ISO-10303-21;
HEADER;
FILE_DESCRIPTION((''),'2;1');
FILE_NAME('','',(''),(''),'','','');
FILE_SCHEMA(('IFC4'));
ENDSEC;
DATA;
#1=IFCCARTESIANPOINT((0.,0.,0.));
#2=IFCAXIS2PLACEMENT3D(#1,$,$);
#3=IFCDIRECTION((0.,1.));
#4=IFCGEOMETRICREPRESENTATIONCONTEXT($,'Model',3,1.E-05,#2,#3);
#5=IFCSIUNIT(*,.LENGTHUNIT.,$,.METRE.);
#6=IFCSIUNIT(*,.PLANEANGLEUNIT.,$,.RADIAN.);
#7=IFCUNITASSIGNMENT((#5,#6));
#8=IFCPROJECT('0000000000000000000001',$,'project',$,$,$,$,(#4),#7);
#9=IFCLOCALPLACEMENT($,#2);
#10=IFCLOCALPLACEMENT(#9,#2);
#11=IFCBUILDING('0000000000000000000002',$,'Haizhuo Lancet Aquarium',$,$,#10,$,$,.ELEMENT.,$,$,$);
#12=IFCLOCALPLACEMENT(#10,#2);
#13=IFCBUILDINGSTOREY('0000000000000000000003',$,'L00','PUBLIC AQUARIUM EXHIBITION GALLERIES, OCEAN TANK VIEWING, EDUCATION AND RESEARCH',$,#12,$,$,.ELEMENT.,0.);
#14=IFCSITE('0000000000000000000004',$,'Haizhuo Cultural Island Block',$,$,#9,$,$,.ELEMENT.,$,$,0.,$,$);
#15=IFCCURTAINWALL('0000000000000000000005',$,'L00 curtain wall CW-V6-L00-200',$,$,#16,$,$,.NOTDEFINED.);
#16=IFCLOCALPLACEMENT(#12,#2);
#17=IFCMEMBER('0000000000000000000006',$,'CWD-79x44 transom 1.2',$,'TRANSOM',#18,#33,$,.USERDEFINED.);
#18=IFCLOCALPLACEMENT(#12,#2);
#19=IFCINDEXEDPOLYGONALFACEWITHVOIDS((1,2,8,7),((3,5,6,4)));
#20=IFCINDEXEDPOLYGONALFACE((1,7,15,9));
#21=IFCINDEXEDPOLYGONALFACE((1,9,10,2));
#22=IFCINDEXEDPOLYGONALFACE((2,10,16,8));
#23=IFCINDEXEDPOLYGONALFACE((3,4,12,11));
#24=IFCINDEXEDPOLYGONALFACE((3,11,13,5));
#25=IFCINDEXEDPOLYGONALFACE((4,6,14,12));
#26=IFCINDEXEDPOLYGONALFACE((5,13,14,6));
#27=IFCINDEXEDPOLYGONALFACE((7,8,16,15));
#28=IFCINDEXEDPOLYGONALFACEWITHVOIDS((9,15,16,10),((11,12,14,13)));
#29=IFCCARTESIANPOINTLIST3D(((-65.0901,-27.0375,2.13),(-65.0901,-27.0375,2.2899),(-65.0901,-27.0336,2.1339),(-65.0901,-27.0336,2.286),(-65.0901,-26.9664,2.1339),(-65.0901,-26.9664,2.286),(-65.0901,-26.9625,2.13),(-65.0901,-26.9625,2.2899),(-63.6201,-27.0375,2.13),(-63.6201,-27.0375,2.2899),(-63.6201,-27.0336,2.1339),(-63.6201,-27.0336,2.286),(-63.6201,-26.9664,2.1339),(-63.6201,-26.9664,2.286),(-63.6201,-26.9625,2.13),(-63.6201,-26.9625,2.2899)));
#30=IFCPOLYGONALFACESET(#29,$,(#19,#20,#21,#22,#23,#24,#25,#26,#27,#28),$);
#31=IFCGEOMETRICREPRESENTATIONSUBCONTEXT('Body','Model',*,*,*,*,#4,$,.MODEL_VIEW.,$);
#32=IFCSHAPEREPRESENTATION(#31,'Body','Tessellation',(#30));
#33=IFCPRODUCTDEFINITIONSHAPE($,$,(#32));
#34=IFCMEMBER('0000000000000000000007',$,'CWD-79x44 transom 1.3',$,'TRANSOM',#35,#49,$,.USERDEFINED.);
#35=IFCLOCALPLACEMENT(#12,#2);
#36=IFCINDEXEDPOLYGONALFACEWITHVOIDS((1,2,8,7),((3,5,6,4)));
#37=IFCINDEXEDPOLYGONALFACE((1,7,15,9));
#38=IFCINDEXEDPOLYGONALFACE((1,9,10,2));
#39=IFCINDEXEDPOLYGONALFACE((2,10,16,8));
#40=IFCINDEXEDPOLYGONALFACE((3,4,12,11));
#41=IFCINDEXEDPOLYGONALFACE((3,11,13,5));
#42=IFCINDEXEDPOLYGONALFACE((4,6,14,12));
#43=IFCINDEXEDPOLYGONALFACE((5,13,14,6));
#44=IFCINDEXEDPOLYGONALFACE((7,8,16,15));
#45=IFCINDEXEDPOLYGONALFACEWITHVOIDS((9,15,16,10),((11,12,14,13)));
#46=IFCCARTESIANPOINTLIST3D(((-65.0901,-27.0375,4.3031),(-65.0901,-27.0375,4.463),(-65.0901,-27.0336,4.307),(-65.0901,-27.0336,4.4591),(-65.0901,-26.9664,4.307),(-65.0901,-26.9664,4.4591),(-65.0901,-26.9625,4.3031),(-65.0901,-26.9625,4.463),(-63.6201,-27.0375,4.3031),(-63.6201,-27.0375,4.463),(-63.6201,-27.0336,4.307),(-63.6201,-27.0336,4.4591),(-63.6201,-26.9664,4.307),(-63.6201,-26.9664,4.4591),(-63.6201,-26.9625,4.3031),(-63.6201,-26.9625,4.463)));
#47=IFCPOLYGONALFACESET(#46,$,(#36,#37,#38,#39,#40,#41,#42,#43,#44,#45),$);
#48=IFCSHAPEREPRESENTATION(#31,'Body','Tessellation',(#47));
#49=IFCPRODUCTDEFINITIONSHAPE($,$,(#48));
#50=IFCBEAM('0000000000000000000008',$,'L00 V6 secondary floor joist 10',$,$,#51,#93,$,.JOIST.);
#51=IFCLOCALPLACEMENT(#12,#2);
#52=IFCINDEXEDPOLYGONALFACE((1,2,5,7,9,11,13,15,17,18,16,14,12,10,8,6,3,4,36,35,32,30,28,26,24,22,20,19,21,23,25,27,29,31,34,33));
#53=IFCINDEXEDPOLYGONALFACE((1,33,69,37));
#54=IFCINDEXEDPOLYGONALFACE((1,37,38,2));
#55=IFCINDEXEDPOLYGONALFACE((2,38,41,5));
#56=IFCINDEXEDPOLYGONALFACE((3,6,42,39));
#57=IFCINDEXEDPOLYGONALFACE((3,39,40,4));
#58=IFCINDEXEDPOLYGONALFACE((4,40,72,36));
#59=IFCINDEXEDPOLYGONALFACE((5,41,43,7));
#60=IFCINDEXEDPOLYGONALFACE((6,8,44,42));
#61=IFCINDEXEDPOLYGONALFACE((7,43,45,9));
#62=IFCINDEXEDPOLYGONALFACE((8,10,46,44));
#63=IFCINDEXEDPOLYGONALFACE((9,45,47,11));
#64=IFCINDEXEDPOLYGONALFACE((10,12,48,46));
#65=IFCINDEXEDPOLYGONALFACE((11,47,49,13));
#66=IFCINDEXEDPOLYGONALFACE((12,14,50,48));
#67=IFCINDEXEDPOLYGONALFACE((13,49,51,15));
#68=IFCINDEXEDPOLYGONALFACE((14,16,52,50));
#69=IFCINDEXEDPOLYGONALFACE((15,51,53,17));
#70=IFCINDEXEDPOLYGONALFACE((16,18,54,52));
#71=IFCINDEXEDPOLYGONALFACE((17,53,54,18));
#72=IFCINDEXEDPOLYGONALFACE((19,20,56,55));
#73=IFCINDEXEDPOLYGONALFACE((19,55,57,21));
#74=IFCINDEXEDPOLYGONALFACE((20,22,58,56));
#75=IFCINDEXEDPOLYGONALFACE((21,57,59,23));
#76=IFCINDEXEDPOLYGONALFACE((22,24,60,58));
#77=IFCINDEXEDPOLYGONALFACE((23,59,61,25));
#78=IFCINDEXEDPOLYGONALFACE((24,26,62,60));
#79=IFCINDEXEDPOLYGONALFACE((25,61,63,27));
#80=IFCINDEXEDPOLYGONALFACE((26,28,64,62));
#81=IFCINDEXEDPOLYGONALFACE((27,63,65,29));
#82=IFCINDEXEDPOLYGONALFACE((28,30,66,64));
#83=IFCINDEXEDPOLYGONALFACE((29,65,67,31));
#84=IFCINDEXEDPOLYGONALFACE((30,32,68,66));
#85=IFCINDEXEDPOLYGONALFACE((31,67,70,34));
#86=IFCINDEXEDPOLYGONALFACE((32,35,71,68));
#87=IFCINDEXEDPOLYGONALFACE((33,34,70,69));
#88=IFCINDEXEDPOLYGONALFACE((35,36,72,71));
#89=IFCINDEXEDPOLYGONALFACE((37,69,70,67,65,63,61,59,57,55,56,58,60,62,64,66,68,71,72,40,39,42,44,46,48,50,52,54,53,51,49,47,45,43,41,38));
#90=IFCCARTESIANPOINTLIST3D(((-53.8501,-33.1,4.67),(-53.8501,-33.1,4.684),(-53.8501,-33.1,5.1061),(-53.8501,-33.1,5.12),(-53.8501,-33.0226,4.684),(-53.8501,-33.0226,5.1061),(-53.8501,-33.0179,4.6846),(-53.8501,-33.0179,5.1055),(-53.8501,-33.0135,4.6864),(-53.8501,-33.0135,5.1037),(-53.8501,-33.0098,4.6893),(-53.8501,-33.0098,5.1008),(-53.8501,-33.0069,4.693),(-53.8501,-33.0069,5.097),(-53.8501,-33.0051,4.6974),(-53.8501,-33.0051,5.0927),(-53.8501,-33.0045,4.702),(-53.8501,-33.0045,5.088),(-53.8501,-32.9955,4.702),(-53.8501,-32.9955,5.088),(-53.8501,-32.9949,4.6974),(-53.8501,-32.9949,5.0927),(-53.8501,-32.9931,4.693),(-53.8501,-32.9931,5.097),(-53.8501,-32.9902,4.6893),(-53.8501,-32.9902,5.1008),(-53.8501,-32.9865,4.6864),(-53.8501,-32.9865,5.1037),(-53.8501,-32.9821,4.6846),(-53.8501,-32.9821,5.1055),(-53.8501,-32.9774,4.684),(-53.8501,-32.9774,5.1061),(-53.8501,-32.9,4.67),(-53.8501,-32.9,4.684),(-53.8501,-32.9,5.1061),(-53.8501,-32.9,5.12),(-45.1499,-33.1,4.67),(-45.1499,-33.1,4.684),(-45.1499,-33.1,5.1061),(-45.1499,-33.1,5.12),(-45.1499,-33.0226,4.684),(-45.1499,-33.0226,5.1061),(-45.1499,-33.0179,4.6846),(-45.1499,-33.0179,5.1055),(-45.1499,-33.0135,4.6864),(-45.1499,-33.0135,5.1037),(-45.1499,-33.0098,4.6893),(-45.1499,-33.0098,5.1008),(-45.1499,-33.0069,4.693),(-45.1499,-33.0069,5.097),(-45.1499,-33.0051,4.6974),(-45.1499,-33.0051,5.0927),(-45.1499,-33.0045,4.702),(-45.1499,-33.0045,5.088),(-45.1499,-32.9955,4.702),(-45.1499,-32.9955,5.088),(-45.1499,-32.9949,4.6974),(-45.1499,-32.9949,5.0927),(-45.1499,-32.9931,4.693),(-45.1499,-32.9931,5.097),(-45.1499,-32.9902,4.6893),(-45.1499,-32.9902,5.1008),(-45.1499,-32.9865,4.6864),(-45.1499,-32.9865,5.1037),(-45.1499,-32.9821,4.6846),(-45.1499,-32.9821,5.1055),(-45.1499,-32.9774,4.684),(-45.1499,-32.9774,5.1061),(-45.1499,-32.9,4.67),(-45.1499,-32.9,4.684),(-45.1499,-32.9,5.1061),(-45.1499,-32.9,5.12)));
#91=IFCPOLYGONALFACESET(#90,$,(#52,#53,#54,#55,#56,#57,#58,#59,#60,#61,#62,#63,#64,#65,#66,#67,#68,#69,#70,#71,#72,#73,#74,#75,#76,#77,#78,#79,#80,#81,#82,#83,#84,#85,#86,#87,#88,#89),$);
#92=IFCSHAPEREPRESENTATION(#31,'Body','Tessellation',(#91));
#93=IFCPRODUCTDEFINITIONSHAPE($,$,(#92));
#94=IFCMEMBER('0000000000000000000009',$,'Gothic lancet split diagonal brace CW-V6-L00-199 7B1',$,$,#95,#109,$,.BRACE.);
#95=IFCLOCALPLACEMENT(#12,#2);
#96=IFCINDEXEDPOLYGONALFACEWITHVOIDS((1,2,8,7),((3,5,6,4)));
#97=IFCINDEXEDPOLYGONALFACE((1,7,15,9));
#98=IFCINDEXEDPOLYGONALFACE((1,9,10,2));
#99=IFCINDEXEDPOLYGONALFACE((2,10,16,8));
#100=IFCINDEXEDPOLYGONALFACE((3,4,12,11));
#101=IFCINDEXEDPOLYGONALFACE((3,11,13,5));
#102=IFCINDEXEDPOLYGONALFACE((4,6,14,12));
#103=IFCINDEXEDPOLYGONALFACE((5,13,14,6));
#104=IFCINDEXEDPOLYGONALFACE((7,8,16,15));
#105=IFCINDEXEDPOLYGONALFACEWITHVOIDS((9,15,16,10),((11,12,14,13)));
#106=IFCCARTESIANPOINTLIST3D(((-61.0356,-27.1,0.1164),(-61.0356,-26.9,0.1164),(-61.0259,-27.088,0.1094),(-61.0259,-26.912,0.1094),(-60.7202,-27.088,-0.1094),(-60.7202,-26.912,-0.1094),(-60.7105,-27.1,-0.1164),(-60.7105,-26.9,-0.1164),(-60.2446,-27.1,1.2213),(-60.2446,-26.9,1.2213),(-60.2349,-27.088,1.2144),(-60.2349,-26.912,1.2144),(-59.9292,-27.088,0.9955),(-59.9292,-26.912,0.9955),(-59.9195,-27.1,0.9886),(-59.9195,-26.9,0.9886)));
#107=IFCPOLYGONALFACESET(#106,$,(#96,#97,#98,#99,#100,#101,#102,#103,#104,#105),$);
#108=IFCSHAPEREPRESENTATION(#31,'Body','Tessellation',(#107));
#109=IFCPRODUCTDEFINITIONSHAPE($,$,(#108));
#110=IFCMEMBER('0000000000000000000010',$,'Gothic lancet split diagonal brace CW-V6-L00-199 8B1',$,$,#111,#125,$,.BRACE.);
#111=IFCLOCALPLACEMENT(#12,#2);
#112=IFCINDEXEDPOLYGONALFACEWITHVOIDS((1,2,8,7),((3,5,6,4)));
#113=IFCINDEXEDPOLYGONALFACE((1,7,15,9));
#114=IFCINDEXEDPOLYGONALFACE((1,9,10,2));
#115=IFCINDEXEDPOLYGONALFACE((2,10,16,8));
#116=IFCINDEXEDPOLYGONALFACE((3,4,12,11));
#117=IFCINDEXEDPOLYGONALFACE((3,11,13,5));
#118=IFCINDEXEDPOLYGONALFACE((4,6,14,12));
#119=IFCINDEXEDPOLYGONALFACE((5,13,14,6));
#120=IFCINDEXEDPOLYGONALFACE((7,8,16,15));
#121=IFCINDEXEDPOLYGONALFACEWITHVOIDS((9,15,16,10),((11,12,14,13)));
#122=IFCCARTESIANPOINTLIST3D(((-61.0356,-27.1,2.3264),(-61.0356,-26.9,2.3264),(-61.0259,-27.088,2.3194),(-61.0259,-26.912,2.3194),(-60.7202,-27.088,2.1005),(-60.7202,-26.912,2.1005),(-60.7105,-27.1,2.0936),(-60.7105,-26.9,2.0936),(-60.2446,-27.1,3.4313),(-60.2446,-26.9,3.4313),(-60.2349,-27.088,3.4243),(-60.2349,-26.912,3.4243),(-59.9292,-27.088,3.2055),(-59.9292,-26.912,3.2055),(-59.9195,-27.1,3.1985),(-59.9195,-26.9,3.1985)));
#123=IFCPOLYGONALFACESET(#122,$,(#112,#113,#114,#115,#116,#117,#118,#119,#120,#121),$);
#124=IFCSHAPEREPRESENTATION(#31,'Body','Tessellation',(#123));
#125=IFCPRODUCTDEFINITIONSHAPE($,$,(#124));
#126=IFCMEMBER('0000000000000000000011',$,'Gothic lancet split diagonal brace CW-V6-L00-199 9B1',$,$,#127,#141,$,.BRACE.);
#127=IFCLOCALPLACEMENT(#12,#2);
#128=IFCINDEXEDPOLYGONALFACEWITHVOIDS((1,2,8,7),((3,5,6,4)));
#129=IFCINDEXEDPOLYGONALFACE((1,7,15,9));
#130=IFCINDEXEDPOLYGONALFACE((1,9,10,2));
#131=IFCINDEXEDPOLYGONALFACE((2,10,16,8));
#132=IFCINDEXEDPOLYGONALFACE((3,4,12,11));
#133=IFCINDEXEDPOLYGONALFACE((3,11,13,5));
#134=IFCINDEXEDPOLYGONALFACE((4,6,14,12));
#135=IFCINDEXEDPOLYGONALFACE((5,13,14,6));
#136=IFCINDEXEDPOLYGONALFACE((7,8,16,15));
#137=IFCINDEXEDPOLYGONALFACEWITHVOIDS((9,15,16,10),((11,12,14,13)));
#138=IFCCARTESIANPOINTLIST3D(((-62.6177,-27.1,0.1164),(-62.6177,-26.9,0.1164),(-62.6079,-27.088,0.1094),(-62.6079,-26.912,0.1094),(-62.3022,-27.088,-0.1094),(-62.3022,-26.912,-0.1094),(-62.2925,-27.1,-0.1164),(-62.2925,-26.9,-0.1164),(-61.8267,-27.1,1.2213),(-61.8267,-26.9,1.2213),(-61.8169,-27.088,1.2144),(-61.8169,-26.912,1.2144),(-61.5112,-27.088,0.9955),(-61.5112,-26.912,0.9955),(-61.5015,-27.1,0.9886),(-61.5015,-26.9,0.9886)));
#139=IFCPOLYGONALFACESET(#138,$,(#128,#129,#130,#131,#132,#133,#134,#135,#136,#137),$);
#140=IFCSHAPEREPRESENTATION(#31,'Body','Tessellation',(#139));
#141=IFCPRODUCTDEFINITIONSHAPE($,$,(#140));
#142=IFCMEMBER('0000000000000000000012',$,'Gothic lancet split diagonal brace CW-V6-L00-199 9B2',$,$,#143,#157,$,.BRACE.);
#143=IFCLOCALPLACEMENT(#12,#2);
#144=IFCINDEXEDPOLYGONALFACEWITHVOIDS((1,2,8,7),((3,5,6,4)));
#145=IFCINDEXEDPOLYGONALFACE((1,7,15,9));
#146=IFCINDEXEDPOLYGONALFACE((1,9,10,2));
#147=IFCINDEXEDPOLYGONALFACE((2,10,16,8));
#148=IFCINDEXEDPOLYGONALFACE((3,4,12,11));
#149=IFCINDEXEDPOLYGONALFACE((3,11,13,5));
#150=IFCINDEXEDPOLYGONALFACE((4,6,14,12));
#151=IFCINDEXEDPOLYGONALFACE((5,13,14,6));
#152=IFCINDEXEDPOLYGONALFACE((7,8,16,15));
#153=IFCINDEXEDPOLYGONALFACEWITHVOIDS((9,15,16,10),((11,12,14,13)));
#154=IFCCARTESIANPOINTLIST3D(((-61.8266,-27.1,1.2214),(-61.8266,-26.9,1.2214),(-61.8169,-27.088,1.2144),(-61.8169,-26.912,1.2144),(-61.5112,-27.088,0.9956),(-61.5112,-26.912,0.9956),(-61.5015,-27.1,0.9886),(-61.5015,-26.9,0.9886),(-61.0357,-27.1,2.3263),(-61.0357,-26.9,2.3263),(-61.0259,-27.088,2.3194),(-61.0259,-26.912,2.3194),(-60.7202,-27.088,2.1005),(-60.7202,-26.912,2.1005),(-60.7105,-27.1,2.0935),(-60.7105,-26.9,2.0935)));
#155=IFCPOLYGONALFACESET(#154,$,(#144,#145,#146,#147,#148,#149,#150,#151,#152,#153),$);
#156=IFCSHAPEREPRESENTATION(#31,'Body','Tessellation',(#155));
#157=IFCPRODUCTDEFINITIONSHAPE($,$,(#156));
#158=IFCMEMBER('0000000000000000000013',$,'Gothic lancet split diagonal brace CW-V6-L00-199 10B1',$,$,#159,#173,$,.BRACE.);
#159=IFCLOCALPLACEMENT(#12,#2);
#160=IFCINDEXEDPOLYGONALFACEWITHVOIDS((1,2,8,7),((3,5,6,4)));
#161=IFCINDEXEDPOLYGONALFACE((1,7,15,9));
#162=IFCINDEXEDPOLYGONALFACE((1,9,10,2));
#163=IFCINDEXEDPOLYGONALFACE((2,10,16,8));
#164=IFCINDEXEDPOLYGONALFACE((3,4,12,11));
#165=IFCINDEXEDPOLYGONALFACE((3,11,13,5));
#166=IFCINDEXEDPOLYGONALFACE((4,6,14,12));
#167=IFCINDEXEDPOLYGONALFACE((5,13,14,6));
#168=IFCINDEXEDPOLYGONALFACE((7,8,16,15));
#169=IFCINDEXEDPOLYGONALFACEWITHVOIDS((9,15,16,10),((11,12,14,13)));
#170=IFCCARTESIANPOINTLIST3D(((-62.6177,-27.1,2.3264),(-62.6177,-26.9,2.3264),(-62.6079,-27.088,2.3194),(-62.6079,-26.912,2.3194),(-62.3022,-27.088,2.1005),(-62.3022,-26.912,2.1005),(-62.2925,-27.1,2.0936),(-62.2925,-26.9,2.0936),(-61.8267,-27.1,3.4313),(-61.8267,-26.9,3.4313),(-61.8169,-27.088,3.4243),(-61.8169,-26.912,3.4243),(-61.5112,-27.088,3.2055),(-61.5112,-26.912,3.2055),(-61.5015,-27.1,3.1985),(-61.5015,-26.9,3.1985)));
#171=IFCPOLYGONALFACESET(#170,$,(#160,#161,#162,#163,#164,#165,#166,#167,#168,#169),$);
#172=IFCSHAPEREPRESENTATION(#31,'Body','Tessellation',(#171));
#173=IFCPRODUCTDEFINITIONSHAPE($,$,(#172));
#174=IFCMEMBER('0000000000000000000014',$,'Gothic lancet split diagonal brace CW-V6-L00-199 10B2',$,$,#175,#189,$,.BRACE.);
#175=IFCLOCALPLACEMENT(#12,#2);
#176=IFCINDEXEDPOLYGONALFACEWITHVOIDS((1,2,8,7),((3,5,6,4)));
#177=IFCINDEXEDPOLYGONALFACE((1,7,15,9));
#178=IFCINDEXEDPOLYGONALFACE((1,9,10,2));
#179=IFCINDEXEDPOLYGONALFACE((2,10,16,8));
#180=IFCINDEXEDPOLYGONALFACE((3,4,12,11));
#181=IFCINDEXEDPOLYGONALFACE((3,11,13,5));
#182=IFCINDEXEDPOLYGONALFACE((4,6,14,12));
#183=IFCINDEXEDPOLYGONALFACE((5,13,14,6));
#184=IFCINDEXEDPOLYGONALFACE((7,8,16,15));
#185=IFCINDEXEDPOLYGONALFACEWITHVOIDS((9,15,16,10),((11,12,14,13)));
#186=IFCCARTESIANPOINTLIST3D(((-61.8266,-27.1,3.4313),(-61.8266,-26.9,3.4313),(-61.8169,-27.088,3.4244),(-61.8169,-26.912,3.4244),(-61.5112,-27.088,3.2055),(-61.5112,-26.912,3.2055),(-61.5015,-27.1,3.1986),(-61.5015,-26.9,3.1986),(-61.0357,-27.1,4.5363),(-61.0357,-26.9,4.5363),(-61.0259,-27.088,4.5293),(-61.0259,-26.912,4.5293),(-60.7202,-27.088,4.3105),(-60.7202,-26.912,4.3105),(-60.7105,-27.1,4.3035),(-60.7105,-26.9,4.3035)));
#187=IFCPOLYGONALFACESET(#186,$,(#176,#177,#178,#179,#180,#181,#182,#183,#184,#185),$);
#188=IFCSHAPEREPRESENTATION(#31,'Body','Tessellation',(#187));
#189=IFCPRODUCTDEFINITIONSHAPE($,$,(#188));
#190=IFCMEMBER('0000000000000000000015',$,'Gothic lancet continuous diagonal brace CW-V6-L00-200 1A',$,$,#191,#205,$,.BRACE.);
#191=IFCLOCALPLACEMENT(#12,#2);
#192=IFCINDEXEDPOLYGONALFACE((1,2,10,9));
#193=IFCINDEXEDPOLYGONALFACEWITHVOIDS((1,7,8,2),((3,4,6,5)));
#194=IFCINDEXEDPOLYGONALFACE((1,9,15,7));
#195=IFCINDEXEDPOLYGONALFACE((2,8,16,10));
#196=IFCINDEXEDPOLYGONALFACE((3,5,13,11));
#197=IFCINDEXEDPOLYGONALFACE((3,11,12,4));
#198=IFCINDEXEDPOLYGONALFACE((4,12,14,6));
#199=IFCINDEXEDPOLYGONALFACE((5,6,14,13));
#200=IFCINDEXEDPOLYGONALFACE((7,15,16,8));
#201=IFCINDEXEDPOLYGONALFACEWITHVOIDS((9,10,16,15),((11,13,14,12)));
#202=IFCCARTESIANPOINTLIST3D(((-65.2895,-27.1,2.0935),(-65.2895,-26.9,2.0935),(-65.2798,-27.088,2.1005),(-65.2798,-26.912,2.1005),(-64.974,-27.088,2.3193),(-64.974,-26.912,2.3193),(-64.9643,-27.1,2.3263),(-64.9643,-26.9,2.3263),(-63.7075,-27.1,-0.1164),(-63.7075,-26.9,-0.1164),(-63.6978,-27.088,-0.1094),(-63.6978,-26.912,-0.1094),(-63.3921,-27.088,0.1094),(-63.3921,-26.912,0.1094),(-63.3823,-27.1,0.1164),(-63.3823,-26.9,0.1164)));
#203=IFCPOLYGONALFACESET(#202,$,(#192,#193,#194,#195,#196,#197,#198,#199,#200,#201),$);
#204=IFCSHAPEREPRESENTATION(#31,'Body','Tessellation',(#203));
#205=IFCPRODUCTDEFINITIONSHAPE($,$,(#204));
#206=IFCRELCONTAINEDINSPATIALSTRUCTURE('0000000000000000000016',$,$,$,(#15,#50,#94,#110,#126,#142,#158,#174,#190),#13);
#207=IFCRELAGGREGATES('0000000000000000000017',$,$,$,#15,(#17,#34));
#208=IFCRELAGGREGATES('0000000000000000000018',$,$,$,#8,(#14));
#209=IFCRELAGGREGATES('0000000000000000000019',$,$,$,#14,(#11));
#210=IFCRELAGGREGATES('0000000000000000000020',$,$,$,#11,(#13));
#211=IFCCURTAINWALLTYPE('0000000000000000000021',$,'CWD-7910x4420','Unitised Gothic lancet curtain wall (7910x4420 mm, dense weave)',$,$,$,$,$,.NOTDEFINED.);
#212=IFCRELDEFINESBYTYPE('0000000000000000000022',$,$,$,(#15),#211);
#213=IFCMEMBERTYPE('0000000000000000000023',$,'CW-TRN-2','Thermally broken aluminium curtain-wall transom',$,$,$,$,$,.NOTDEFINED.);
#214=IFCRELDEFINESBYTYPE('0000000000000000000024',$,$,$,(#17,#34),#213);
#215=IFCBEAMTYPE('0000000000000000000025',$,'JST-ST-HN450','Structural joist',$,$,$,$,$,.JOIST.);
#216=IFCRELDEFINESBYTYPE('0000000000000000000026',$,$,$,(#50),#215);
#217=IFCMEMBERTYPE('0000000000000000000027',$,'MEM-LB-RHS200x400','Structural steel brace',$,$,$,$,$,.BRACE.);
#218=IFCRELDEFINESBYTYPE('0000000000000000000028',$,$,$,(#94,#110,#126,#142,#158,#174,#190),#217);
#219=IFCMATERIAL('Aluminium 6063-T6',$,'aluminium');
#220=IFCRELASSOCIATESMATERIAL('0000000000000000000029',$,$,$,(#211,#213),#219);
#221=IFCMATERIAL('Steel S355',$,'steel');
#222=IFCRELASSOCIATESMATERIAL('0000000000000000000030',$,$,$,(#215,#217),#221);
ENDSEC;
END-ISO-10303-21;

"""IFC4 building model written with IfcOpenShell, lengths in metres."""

from ifc_helpers import new_model, si_unit, direction, frame, origin, origin_2d, place, context, subcontext, project, spatial, hollow_rectangle, i_section, extrude, material, material_profile, profile_set, type_object, element, aggregate, save


model = new_model("IFC4")

# Units and contexts
model_context = context("Model", 3, precision=1e-05, world=origin(), true_north=direction((0.0, 1.0)))
body_context = subcontext(model_context, "Body", "Model", "MODEL_VIEW")
ifc_project = project(units=[si_unit("LENGTHUNIT", "METRE"), si_unit("PLANEANGLEUNIT", "RADIAN")], contexts=[model_context])

# Site, building, storey
site_placement = place(None, origin())
site = spatial("IfcSite", under=ifc_project, at=site_placement, Name="Haizhuo Cultural Island Block", CompositionType="ELEMENT", RefElevation=0.0)
building_placement = place(site_placement, origin())
building = spatial("IfcBuilding", under=site, at=building_placement, Name="Haizhuo Lancet Aquarium", CompositionType="ELEMENT")
storey_placement = place(building_placement, origin())
storey = spatial("IfcBuildingStorey", under=building, at=storey_placement, Name="L00", Description="PUBLIC AQUARIUM EXHIBITION GALLERIES, OCEAN TANK VIEWING, EDUCATION AND RESEARCH", CompositionType="ELEMENT", Elevation=0.0)

# Shared definitions
ifc_material_1 = material(Name="Steel S355", Category="steel")

# Shared definitions
ifc_material_2 = material(Name="Aluminium 6063-T6", Category="aluminium")
curtain_wall_type = type_object("IfcCurtainWallType", Name="CWD-7910x4420", Description="Unitised Gothic lancet curtain wall (7910x4420 mm, dense weave)", PredefinedType="NOTDEFINED", material=ifc_material_2)

# Curtain wall
curtain_wall_1_placement = place(storey_placement, origin())
curtain_wall_1 = element("IfcCurtainWall", 1, at=curtain_wall_1_placement, inside=storey, type_object=curtain_wall_type, Name="L00 curtain wall CW-V6-L00-200", PredefinedType="NOTDEFINED")

# Members
ifc_material_profile_1 = material_profile(ifc_material_2, hollow_rectangle(XDim=0.075, YDim=0.1599, WallThickness=0.0039, at=origin_2d()), Name="ALU-T 75x160x4")
ifc_profile_set_1 = profile_set([ifc_material_profile_1], Name="Aluminium 6063-T6")
member_type_1 = type_object("IfcMemberType", Name="CW-TRN-2", Description="Thermally broken aluminium curtain-wall transom", PredefinedType="NOTDEFINED", material=ifc_profile_set_1)
member_1_placement = place(storey_placement, frame((-63.6201, -27.0, 2.21), z_axis=(-1.0, 0.0, 0.0), x_axis=(0.0, -1.0, 0.0)))
member_1 = element("IfcMember", 2, at=member_1_placement, type_object=member_type_1, Name="CWD-79x44 transom 1.2", ObjectType="TRANSOM", PredefinedType="USERDEFINED", context=body_context, shape_type="SweptSolid", body=[
    extrude(hollow_rectangle(XDim=0.075, YDim=0.1599, WallThickness=0.0039, at=origin_2d()), origin(), (0.0, 0.0, 1.0), 1.47),
])
member_2_placement = place(storey_placement, frame((-63.6201, -27.0, 4.3831), z_axis=(-1.0, 0.0, 0.0), x_axis=(0.0, -1.0, 0.0)))
member_2 = element("IfcMember", 3, at=member_2_placement, type_object=member_type_1, Name="CWD-79x44 transom 1.3", ObjectType="TRANSOM", PredefinedType="USERDEFINED", context=body_context, shape_type="SweptSolid", body=[
    extrude(hollow_rectangle(XDim=0.075, YDim=0.1599, WallThickness=0.0039, at=origin_2d()), origin(), (0.0, 0.0, 1.0), 1.47),
])

# Beam
ifc_material_profile_2 = material_profile(ifc_material_1, i_section(OverallWidth=0.2, OverallDepth=0.45, WebThickness=0.009, FlangeThickness=0.0139, FilletRadius=0.0181, at=origin_2d()), Name="HN 450x200x9x14")
ifc_profile_set_2 = profile_set([ifc_material_profile_2], Name="Steel S355")
beam_type_1 = type_object("IfcBeamType", Name="JST-ST-HN450", Description="Structural joist", PredefinedType="JOIST", material=ifc_profile_set_2)
beam_placement = place(storey_placement, frame((-53.8501, -33.0, 4.895), z_axis=(1.0, 0.0, 0.0), x_axis=(0.0, 1.0, 0.0)))
element("IfcBeam", 4, at=beam_placement, inside=storey, type_object=beam_type_1, Name="L00 V6 secondary floor joist 10", PredefinedType="JOIST", context=body_context, shape_type="SweptSolid", body=[
    extrude(i_section(OverallWidth=0.2, OverallDepth=0.45, WebThickness=0.009, FlangeThickness=0.0139, FilletRadius=0.0181, at=origin_2d()), origin(), (0.0, 0.0, 1.0), 8.7002),
])

# Members
ifc_material_profile_3 = material_profile(ifc_material_1, hollow_rectangle(XDim=0.2, YDim=0.3999, WallThickness=0.012, at=origin_2d()), Name="RHS 200x400x12")
ifc_profile_set_3 = profile_set([ifc_material_profile_3], Name="Steel S355")
member_type_2 = type_object("IfcMemberType", Name="MEM-LB-RHS200x400", Description="Structural steel brace", PredefinedType="BRACE", material=ifc_profile_set_3)
for number, where, z_axis, x_axis, name in (
    (5, (-60.873, -27.0, 0.0), (0.582088, 0.0, 0.813126), (0.0, 1.0, 0.0), "Gothic lancet split diagonal brace CW-V6-L00-199 7B1"),
    (6, (-60.873, -27.0, 2.21), (0.582088, 0.0, 0.813126), (0.0, 1.0, 0.0), "Gothic lancet split diagonal brace CW-V6-L00-199 8B1"),
    (7, (-62.4551, -27.0, 0.0), (0.582088, 0.0, 0.813126), (0.0, 1.0, 0.0), "Gothic lancet split diagonal brace CW-V6-L00-199 9B1"),
    (8, (-61.6641, -27.0, 1.105), (0.582088, 0.0, 0.813126), (0.0, 1.0, 0.0), "Gothic lancet split diagonal brace CW-V6-L00-199 9B2"),
    (9, (-62.4551, -27.0, 2.21), (0.582088, 0.0, 0.813126), (0.0, 1.0, 0.0), "Gothic lancet split diagonal brace CW-V6-L00-199 10B1"),
    (10, (-61.6641, -27.0, 3.3149), (0.582088, 0.0, 0.813126), (0.0, 1.0, 0.0), "Gothic lancet split diagonal brace CW-V6-L00-199 10B2"),
):
    element("IfcMember", number, at=place(storey_placement, frame(where, z_axis=z_axis, x_axis=x_axis)), inside=storey, type_object=member_type_2, Name=name, PredefinedType="BRACE", context=body_context, shape_type="SweptSolid", body=[
        extrude(hollow_rectangle(XDim=0.2, YDim=0.3999, WallThickness=0.012, at=origin_2d()), origin(), (0.0, 0.0, 1.0), 1.3589),
    ])
member_3_placement = place(storey_placement, frame((-63.5449, -27.0, 0.0), z_axis=(-0.582088, 0.0, 0.813126), x_axis=(0.0, -1.0, 0.0)))
element("IfcMember", 11, at=member_3_placement, inside=storey, type_object=member_type_2, Name="Gothic lancet continuous diagonal brace CW-V6-L00-200 1A", PredefinedType="BRACE", context=body_context, shape_type="SweptSolid", body=[
    extrude(hollow_rectangle(XDim=0.2, YDim=0.3999, WallThickness=0.012, at=origin_2d()), origin(), (0.0, 0.0, 1.0), 2.7178),
])

aggregate(curtain_wall_1, [member_1, member_2])

save(model, "model.ifc")
